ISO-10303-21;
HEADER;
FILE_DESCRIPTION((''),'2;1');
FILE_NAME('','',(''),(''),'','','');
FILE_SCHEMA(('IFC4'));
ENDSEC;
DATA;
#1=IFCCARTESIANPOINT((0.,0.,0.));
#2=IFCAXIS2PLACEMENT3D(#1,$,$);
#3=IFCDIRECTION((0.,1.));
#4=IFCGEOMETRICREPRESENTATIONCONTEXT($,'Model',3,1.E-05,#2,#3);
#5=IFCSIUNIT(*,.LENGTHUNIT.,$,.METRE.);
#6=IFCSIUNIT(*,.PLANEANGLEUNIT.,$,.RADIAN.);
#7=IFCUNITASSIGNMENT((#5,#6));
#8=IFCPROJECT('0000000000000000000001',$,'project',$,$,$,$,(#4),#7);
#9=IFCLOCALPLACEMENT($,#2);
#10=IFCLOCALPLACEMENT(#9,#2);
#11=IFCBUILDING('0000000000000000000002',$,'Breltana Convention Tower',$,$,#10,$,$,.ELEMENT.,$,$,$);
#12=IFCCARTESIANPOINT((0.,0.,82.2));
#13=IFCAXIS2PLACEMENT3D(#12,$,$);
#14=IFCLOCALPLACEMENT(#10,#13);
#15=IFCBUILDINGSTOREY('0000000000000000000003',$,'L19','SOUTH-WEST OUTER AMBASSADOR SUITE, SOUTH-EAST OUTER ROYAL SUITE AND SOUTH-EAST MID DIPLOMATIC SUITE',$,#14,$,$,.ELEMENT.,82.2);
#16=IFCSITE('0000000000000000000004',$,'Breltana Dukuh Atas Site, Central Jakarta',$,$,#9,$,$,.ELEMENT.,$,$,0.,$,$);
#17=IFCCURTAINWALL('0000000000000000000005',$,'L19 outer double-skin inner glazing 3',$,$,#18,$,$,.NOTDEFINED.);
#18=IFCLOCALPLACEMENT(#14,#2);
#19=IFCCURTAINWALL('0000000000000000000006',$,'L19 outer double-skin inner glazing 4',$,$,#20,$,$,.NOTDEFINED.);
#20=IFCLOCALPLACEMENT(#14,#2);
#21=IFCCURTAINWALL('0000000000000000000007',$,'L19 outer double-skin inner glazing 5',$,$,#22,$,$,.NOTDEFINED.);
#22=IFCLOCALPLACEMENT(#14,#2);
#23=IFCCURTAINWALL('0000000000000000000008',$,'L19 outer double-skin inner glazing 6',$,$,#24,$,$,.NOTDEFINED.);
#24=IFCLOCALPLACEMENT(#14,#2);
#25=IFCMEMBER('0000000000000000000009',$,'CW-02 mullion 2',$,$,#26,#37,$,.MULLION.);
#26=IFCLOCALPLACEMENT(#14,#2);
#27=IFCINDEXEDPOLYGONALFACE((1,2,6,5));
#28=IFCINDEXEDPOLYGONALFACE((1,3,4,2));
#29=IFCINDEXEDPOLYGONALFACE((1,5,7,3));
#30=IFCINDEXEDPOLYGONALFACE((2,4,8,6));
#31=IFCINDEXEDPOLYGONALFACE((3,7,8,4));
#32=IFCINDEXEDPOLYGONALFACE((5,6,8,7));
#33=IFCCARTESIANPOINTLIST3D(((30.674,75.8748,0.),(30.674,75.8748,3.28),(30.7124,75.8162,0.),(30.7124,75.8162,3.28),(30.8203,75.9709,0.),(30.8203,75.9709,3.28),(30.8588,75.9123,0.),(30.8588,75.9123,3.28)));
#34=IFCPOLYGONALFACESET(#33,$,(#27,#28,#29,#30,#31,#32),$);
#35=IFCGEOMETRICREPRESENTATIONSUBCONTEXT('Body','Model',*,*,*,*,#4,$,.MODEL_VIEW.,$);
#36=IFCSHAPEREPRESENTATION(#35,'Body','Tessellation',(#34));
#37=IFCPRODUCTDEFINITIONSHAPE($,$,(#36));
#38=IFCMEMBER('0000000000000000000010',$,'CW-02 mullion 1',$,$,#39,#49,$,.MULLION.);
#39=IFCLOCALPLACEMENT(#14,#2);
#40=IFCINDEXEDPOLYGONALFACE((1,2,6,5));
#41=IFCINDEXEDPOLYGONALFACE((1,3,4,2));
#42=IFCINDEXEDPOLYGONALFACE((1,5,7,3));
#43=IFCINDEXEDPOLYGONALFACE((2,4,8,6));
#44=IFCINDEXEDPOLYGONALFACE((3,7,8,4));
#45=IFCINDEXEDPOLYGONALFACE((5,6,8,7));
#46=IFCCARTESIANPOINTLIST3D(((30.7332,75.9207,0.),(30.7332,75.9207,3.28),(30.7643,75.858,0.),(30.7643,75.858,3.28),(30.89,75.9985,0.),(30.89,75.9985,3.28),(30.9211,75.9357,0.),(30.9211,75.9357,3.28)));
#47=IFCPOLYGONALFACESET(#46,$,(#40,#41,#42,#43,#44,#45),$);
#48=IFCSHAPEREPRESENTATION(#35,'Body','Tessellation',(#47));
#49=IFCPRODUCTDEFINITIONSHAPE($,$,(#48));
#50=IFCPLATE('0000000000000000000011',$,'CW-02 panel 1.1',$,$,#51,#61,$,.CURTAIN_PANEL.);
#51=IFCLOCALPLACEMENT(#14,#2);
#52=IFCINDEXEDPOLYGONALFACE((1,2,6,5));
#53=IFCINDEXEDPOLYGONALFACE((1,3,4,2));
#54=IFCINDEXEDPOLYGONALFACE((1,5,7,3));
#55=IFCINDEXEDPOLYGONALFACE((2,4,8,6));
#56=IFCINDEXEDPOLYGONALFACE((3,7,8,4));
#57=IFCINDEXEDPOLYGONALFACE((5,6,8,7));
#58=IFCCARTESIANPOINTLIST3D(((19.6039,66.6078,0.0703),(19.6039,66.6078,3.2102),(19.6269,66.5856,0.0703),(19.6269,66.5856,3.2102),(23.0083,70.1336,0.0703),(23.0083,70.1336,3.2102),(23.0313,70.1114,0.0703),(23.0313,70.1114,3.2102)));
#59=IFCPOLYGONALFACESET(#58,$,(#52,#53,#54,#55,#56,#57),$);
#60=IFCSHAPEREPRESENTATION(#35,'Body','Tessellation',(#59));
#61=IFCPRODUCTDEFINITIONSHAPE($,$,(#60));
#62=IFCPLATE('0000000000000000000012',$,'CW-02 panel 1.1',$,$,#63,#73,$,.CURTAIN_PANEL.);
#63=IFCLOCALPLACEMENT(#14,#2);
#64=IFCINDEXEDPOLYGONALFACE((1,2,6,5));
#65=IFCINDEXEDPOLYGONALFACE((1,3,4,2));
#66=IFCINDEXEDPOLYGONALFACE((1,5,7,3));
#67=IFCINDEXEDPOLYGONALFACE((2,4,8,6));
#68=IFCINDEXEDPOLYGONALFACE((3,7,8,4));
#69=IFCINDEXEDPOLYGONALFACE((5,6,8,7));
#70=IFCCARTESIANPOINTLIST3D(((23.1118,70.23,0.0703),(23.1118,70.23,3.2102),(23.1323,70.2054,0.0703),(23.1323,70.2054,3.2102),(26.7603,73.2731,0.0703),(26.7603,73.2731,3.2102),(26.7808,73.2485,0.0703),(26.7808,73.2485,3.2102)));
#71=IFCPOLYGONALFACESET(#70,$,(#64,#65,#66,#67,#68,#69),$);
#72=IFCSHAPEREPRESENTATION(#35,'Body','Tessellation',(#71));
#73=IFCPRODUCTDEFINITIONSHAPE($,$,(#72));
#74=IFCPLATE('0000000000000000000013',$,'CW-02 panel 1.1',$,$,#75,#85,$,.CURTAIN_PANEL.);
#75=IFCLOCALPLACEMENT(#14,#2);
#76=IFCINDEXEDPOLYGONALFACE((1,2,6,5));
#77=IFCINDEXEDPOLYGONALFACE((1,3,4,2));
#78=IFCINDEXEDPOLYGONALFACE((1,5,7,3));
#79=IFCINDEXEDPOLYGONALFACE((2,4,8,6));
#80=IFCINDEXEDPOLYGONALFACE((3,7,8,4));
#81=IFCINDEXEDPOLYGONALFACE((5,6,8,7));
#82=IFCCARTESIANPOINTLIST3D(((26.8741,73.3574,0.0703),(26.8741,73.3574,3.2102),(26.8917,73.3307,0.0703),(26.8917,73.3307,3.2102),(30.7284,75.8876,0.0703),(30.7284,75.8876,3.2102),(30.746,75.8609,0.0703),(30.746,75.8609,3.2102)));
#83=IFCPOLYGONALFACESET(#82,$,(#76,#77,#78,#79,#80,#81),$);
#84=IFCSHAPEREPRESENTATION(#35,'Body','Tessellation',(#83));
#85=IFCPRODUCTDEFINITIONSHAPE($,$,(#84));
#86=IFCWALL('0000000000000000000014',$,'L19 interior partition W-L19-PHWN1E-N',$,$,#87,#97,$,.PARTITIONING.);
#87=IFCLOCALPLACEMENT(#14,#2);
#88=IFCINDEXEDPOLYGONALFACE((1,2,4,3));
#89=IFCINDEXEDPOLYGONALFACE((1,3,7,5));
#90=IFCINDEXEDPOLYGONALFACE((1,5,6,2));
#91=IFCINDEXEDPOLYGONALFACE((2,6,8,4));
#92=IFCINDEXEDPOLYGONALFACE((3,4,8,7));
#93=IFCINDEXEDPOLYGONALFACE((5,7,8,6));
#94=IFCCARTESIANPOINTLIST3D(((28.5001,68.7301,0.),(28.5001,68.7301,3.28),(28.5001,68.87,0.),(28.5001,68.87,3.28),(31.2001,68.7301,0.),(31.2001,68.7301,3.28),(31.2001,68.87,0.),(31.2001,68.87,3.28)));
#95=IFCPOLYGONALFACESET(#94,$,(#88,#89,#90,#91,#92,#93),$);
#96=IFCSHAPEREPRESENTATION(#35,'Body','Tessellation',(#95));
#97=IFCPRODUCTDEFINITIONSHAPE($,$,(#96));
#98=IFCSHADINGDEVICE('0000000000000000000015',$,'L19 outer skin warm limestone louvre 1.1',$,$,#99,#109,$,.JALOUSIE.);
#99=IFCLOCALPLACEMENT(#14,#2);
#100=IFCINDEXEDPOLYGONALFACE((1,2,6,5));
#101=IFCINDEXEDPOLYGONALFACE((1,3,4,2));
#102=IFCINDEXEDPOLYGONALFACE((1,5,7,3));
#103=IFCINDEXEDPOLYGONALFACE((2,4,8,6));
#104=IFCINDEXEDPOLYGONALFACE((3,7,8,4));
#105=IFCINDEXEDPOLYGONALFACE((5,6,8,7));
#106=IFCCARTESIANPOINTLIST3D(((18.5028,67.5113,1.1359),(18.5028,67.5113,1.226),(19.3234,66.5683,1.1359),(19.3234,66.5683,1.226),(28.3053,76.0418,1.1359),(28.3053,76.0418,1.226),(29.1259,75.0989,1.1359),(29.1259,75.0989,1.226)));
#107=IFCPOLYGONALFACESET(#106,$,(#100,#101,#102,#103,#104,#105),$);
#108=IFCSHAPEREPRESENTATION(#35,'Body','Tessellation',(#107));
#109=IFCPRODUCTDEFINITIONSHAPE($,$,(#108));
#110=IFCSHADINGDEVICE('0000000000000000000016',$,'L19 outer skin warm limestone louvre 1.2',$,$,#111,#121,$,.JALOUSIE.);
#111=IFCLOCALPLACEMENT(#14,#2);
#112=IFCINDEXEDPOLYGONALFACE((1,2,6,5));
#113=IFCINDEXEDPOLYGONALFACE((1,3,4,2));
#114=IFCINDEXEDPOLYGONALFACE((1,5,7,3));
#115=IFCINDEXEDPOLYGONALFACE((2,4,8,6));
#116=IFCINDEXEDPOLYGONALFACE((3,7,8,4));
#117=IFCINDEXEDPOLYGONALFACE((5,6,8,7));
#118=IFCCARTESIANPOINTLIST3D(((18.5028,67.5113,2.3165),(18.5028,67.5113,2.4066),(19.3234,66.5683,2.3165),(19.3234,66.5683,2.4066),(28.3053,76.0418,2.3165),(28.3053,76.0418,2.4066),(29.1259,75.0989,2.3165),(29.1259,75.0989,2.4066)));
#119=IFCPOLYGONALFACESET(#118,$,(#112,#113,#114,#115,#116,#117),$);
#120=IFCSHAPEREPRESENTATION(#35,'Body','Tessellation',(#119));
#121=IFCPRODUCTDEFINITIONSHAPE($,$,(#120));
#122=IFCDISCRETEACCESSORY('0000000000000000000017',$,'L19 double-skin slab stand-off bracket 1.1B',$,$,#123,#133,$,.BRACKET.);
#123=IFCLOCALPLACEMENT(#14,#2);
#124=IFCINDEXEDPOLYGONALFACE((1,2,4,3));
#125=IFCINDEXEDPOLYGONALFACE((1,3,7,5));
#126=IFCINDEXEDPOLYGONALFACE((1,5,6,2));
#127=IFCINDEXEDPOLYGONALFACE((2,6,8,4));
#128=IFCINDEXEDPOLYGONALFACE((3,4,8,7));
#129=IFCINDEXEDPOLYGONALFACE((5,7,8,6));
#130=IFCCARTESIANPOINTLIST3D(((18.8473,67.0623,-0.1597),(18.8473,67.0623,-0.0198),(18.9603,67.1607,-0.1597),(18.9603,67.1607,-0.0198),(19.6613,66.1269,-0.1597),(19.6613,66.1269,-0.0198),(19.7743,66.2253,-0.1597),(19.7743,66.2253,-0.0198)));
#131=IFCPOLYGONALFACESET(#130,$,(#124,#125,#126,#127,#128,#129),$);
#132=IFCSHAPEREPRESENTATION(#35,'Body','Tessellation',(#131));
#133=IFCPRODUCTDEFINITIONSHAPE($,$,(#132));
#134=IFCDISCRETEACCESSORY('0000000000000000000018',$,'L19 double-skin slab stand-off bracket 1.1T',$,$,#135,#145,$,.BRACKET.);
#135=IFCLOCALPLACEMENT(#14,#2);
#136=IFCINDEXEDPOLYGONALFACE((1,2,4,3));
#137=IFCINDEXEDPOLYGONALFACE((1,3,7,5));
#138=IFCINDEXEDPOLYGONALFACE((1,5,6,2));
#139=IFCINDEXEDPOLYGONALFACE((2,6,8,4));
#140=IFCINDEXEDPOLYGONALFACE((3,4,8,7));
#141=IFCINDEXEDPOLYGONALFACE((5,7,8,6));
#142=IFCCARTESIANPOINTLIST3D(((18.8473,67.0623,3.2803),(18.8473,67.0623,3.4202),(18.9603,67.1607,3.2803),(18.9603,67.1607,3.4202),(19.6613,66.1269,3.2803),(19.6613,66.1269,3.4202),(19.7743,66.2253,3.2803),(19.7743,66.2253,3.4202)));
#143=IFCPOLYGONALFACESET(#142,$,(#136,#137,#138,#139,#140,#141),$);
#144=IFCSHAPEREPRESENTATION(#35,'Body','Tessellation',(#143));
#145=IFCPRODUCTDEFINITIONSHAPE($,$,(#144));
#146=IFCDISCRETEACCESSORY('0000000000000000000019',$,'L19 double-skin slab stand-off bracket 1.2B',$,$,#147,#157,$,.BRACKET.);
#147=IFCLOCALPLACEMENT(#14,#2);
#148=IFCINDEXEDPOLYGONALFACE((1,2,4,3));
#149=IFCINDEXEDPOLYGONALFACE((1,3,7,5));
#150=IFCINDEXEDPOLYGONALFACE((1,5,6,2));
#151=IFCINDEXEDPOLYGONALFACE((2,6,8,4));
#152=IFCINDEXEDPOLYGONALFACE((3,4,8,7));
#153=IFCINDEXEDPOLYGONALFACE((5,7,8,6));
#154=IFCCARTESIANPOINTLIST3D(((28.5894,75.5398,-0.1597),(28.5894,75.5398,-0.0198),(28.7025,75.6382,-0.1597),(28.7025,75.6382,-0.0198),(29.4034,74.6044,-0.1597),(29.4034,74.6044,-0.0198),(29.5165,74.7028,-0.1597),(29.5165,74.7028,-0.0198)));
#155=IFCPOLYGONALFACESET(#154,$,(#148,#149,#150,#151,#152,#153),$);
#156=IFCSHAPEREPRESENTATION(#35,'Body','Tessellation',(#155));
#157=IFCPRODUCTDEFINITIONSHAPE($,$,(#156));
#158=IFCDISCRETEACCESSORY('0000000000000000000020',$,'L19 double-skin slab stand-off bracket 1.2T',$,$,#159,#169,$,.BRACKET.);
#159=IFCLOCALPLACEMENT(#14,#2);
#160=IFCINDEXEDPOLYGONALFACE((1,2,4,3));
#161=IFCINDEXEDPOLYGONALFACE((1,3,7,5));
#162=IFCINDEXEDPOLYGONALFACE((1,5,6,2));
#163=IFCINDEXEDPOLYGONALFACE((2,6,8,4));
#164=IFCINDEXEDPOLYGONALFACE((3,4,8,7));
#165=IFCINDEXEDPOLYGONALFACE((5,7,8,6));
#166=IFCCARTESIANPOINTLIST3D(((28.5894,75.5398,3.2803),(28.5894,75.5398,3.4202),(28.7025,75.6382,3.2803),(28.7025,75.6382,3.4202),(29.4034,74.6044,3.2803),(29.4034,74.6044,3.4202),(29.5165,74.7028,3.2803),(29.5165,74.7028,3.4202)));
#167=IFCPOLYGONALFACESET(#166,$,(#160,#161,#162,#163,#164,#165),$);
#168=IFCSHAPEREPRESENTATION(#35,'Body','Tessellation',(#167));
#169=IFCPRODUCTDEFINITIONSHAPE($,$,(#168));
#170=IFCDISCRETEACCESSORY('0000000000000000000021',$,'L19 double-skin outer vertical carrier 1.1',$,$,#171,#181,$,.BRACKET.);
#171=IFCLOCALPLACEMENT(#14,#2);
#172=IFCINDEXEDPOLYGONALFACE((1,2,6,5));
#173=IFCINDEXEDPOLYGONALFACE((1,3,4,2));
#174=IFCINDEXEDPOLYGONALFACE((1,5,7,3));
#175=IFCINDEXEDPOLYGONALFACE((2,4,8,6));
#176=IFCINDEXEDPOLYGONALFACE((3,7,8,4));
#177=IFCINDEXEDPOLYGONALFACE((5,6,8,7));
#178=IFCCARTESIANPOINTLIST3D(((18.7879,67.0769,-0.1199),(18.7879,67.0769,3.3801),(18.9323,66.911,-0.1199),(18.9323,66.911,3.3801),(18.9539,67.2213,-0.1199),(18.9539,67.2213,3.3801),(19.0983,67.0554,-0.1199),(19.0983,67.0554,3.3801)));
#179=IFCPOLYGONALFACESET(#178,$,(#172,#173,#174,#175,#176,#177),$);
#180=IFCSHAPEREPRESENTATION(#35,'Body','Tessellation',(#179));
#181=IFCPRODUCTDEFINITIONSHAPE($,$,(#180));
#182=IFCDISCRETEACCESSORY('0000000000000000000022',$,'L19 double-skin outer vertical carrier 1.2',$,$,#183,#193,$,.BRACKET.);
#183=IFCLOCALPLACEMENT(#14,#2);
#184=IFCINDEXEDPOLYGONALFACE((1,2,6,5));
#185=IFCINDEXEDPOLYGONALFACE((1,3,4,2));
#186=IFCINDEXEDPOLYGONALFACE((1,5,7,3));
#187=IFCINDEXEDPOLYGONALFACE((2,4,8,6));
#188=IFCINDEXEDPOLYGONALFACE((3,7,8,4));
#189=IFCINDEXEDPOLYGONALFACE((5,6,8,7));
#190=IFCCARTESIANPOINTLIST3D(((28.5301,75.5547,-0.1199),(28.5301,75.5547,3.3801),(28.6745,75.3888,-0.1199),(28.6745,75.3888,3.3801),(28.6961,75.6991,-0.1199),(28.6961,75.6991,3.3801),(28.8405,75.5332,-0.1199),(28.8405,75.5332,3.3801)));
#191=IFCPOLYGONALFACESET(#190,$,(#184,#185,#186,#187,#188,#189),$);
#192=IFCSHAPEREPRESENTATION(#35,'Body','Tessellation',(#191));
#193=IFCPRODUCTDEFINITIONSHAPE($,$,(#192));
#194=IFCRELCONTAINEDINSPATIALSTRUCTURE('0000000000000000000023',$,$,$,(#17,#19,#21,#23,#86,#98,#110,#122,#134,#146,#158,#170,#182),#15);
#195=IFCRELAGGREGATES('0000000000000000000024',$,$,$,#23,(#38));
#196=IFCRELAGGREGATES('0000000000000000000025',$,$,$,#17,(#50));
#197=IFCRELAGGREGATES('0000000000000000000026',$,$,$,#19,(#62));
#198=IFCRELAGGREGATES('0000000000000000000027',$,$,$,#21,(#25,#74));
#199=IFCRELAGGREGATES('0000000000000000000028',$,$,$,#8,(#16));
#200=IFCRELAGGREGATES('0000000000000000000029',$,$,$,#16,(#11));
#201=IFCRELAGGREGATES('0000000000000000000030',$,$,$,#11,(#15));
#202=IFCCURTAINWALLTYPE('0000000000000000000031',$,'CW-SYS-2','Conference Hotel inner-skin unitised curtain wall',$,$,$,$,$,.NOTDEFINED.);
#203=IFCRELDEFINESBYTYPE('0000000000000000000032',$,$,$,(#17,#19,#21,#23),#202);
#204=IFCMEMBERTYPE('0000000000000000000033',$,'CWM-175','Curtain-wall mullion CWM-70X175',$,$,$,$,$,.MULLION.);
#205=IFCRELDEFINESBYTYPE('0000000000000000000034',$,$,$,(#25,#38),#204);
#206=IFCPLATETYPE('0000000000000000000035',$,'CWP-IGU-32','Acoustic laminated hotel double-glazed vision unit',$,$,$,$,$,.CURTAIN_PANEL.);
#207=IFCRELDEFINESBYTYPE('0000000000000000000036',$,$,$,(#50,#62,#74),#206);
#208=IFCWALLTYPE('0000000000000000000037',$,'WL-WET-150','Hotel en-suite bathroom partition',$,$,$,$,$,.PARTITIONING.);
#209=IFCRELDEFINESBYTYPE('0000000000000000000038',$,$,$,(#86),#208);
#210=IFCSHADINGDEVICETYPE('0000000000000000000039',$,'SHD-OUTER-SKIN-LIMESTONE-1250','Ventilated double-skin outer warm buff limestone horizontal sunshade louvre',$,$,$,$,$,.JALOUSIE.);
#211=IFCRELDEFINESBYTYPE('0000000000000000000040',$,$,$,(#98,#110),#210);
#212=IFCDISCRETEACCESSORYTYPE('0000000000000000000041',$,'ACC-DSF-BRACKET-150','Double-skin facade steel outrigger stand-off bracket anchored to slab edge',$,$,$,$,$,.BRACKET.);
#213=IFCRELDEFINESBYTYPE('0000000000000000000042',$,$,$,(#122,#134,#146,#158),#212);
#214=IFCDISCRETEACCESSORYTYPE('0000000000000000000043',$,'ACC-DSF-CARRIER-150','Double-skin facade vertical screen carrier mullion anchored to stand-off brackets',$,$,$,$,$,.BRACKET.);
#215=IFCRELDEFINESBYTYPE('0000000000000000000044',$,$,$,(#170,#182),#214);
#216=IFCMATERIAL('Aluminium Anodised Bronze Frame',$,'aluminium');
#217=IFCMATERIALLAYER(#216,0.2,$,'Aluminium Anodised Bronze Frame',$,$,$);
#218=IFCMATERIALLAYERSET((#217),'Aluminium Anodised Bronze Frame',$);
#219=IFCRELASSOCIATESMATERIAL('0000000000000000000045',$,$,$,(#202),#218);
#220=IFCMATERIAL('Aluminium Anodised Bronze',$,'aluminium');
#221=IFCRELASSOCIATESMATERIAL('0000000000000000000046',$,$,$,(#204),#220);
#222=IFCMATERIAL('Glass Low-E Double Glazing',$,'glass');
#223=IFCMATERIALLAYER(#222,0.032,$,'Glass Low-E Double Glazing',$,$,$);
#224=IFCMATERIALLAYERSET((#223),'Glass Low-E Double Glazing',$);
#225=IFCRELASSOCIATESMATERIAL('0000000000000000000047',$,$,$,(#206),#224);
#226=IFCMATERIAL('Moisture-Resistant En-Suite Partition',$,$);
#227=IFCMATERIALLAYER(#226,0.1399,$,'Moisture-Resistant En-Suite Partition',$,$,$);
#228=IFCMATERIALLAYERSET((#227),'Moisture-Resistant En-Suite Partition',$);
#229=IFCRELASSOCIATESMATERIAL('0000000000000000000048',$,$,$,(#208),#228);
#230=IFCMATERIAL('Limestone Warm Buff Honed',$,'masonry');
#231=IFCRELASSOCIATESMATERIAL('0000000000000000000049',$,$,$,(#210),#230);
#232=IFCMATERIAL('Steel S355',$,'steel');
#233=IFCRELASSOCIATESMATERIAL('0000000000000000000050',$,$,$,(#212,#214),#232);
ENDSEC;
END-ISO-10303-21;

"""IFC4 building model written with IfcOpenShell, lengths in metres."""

from ifc_helpers import new_model, si_unit, direction, frame, frame_2d, origin, origin_2d, place, context, subcontext, project, spatial, rectangle, extrude, source, transform, mapped, material, layer, layer_set, material_profile, profile_set, type_object, type_shapes, element, aggregate, save


model = new_model("IFC4")

# Units and contexts
model_context = context("Model", 3, precision=1e-05, world=origin(), true_north=direction((0.0, 1.0)))
body_context = subcontext(model_context, "Body", "Model", "MODEL_VIEW")
ifc_project = project(units=[si_unit("LENGTHUNIT", "METRE"), si_unit("PLANEANGLEUNIT", "RADIAN")], contexts=[model_context])

# Site, building, storey
site_placement = place(None, origin())
site = spatial("IfcSite", under=ifc_project, at=site_placement, Name="Breltana Dukuh Atas Site, Central Jakarta", CompositionType="ELEMENT", RefElevation=0.0)
building_placement = place(site_placement, origin())
building = spatial("IfcBuilding", under=site, at=building_placement, Name="Breltana Convention Tower", CompositionType="ELEMENT")
storey_placement = place(building_placement, frame((0.0, 0.0, 82.2)))
storey = spatial("IfcBuildingStorey", under=building, at=storey_placement, Name="L19", Description="SOUTH-WEST OUTER AMBASSADOR SUITE, SOUTH-EAST OUTER ROYAL SUITE AND SOUTH-EAST MID DIPLOMATIC SUITE", CompositionType="ELEMENT", Elevation=82.2)

# Curtain wall
ifc_material_1 = material(Name="Aluminium Anodised Bronze Frame", Category="aluminium")
ifc_layer_1 = layer(ifc_material_1, 0.2, Name="Aluminium Anodised Bronze Frame")
ifc_layer_set_1 = layer_set([ifc_layer_1], Name="Aluminium Anodised Bronze Frame")
curtain_wall_type = type_object("IfcCurtainWallType", Name="CW-SYS-2", Description="Conference Hotel inner-skin unitised curtain wall", PredefinedType="NOTDEFINED", material=ifc_layer_set_1)
curtain_wall_1_placement = place(storey_placement, origin())
curtain_wall_1 = element("IfcCurtainWall", 1, at=curtain_wall_1_placement, inside=storey, type_object=curtain_wall_type, Name="L19 outer double-skin inner glazing 3", PredefinedType="NOTDEFINED")
ifc_material_2 = material(Name="Aluminium Anodised Bronze", Category="aluminium")

# Curtain walls
curtain_wall_2_placement = place(storey_placement, origin())
curtain_wall_2 = element("IfcCurtainWall", 2, at=curtain_wall_2_placement, inside=storey, type_object=curtain_wall_type, Name="L19 outer double-skin inner glazing 4", PredefinedType="NOTDEFINED")
curtain_wall_3_placement = place(storey_placement, origin())
curtain_wall_3 = element("IfcCurtainWall", 3, at=curtain_wall_3_placement, inside=storey, type_object=curtain_wall_type, Name="L19 outer double-skin inner glazing 5", PredefinedType="NOTDEFINED")

# Curtain wall
curtain_wall_4_placement = place(storey_placement, origin())
curtain_wall_4 = element("IfcCurtainWall", 4, at=curtain_wall_4_placement, inside=storey, type_object=curtain_wall_type, Name="L19 outer double-skin inner glazing 6", PredefinedType="NOTDEFINED")

# Members
ifc_material_profile_1 = material_profile(ifc_material_2, rectangle(XDim=0.0701, YDim=0.175, at=origin_2d()), Name="CWM-70X175")
ifc_profile_set_1 = profile_set([ifc_material_profile_1], Name="Aluminium Anodised Bronze")
member_type_1 = type_object("IfcMemberType", Name="CWM-175", Description="Curtain-wall mullion CWM-70X175", PredefinedType="MULLION", material=ifc_profile_set_1)
shared_shape_1 = source(origin(), body_context, "Body", "SweptSolid", [
    extrude(rectangle(XDim=0.0701, YDim=0.175, at=origin_2d()), origin(), (0.0, 0.0, 1.0), 3.28),
])
member_1_placement = place(storey_placement, frame((30.7664, 75.8936, 0.0), z_axis=(0.0, 0.0, 1.0), x_axis=(-0.548784, 0.835964, 0.0)))
member_1 = element("IfcMember", 5, at=member_1_placement, type_object=member_type_1, Name="CW-02 mullion 2", PredefinedType="MULLION", context=body_context, shape_type="MappedRepresentation", body=[
    mapped(shared_shape_1, transform((0.0, 0.0, 0.0), scale=1.0)),
])
member_2_placement = place(storey_placement, frame((30.8271, 75.9282, 0.0), z_axis=(0.0, 0.0, 1.0), x_axis=(-0.444108, 0.895973, 0.0)))
member_2 = element("IfcMember", 6, at=member_2_placement, type_object=member_type_1, Name="CW-02 mullion 1", PredefinedType="MULLION", context=body_context, shape_type="MappedRepresentation", body=[
    mapped(shared_shape_1, transform((0.0, 0.0, 0.0), scale=1.0)),
])
aggregate(curtain_wall_4, [member_2])

# Plates
ifc_material_3 = material(Name="Glass Low-E Double Glazing", Category="glass")
ifc_layer_2 = layer(ifc_material_3, 0.032, Name="Glass Low-E Double Glazing")
ifc_layer_set_2 = layer_set([ifc_layer_2], Name="Glass Low-E Double Glazing")
plate_type = type_object("IfcPlateType", Name="CWP-IGU-32", Description="Acoustic laminated hotel double-glazed vision unit", PredefinedType="CURTAIN_PANEL", material=ifc_layer_set_2)
shared_shape_2 = source(origin(), body_context, "Body", "SweptSolid", [
    extrude(rectangle(XDim=4.9011, YDim=0.032, at=origin_2d()), origin(), (0.0, 0.0, 1.0), 3.1399),
])
plate_1_placement = place(storey_placement, frame((21.3176, 68.3596, 0.0703), z_axis=(0.0, 0.0, 1.0), x_axis=(0.69461, 0.719386, 0.0)))
plate_1 = element("IfcPlate", 7, at=plate_1_placement, type_object=plate_type, Name="CW-02 panel 1.1", PredefinedType="CURTAIN_PANEL", context=body_context, shape_type="MappedRepresentation", body=[
    mapped(shared_shape_2, transform((0.0, 0.0, 0.0), scale=1.0)),
])
aggregate(curtain_wall_1, [plate_1])
shared_shape_3 = source(origin(), body_context, "Body", "SweptSolid", [
    extrude(rectangle(XDim=4.751, YDim=0.032, at=origin_2d()), origin(), (0.0, 0.0, 1.0), 3.1399),
])
plate_2_placement = place(storey_placement, frame((24.9463, 71.7393, 0.0703), z_axis=(0.0, 0.0, 1.0), x_axis=(0.767941, 0.64052, 0.0)))
plate_2 = element("IfcPlate", 8, at=plate_2_placement, type_object=plate_type, Name="CW-02 panel 1.1", PredefinedType="CURTAIN_PANEL", context=body_context, shape_type="MappedRepresentation", body=[
    mapped(shared_shape_3, transform((0.0, 0.0, 0.0), scale=1.0)),
])
aggregate(curtain_wall_2, [plate_2])
shared_shape_4 = source(origin(), body_context, "Body", "SweptSolid", [
    extrude(rectangle(XDim=4.6106, YDim=0.032, at=origin_2d()), origin(), (0.0, 0.0, 1.0), 3.1399),
])
plate_3_placement = place(storey_placement, frame((28.8101, 74.6091, 0.0703), z_axis=(0.0, 0.0, 1.0), x_axis=(0.835964, 0.548784, 0.0)))
plate_3 = element("IfcPlate", 9, at=plate_3_placement, type_object=plate_type, Name="CW-02 panel 1.1", PredefinedType="CURTAIN_PANEL", context=body_context, shape_type="MappedRepresentation", body=[
    mapped(shared_shape_4, transform((0.0, 0.0, 0.0), scale=1.0)),
])
aggregate(curtain_wall_3, [member_1, plate_3])

# Wall
ifc_material_4 = material(Name="Moisture-Resistant En-Suite Partition")
ifc_layer_3 = layer(ifc_material_4, 0.1399, Name="Moisture-Resistant En-Suite Partition")
ifc_layer_set_3 = layer_set([ifc_layer_3], Name="Moisture-Resistant En-Suite Partition")
wall_type = type_object("IfcWallType", Name="WL-WET-150", Description="Hotel en-suite bathroom partition", PredefinedType="PARTITIONING", material=ifc_layer_set_3)
shared_shape_5 = source(origin(), body_context, "Body", "SweptSolid", [
    extrude(rectangle(XDim=2.7, YDim=0.1399, at=frame_2d((1.3501, 0.0))), origin(), (0.0, 0.0, 1.0), 3.28),
])
wall_placement = place(storey_placement, frame((28.5, 68.8, 0.0), z_axis=(0.0, 0.0, 1.0), x_axis=(1.0, 0.0, 0.0)))
element("IfcWall", 10, at=wall_placement, inside=storey, type_object=wall_type, Name="L19 interior partition W-L19-PHWN1E-N", PredefinedType="PARTITIONING", context=body_context, shape_type="MappedRepresentation", body=[
    mapped(shared_shape_5, transform((0.0, 0.0, 0.0), scale=1.0)),
])

# Shading devices
ifc_material_5 = material(Name="Limestone Warm Buff Honed", Category="masonry")
ifc_material_profile_2 = material_profile(ifc_material_5, rectangle(XDim=1.25, YDim=0.0901, at=origin_2d()), Name="STN-LVR-1250X90")
ifc_profile_set_2 = profile_set([ifc_material_profile_2], Name="Limestone Warm Buff Honed")
shading_device_type = type_object("IfcShadingDeviceType", Name="SHD-OUTER-SKIN-LIMESTONE-1250", Description="Ventilated double-skin outer warm buff limestone horizontal sunshade louvre", PredefinedType="JALOUSIE", material=ifc_profile_set_2)
shared_shape_6 = source(origin(), body_context, "Body", "SweptSolid", [
    extrude(rectangle(XDim=1.25, YDim=0.0901, at=origin_2d()), origin(), (0.0, 0.0, 1.0), 12.9946),
])
type_shapes(shading_device_type, [shared_shape_6])
for number, where, z_axis, x_axis, name in (
    (11, (18.9131, 67.0398, 1.1809), (0.754353, 0.656468, 0.0), (-0.656468, 0.754353, 0.0), "L19 outer skin warm limestone louvre 1.1"),
    (12, (18.9131, 67.0398, 2.3616), (0.754353, 0.656468, 0.0), (-0.656468, 0.754353, 0.0), "L19 outer skin warm limestone louvre 1.2"),
):
    element("IfcShadingDevice", number, at=place(storey_placement, frame(where, z_axis=z_axis, x_axis=x_axis)), inside=storey, type_object=shading_device_type, Name=name, PredefinedType="JALOUSIE", context=body_context, shape_type="MappedRepresentation", body=[
        mapped(shared_shape_6, transform((0.0, 0.0, 0.0), scale=1.0)),
    ])

# Discrete accessories
ifc_material_6 = material(Name="Steel S355", Category="steel")
discrete_accessory_type_1 = type_object("IfcDiscreteAccessoryType", Name="ACC-DSF-BRACKET-150", Description="Double-skin facade steel outrigger stand-off bracket anchored to slab edge", PredefinedType="BRACKET", material=ifc_material_6)
shared_shape_7 = source(origin(), body_context, "Body", "SweptSolid", [
    extrude(rectangle(XDim=1.24, YDim=0.1499, at=origin_2d()), origin(), (0.0, 0.0, 1.0), 0.1399),
])
type_shapes(discrete_accessory_type_1, [shared_shape_7])
for number, where, z_axis, x_axis, name in (
    (13, (19.3108, 66.6438, -0.1597), (0.0, 0.0, 1.0), (-0.656457, 0.754364, 0.0), "L19 double-skin slab stand-off bracket 1.1B"),
    (14, (19.3108, 66.6438, 3.2803), (0.0, 0.0, 1.0), (-0.656457, 0.754364, 0.0), "L19 double-skin slab stand-off bracket 1.1T"),
    (15, (29.053, 75.1213, -0.1597), (0.0, 0.0, 1.0), (-0.656457, 0.754364, 0.0), "L19 double-skin slab stand-off bracket 1.2B"),
    (16, (29.053, 75.1213, 3.2803), (0.0, 0.0, 1.0), (-0.656457, 0.754364, 0.0), "L19 double-skin slab stand-off bracket 1.2T"),
):
    element("IfcDiscreteAccessory", number, at=place(storey_placement, frame(where, z_axis=z_axis, x_axis=x_axis)), inside=storey, type_object=discrete_accessory_type_1, Name=name, PredefinedType="BRACKET", context=body_context, shape_type="MappedRepresentation", body=[
        mapped(shared_shape_7, transform((0.0, 0.0, 0.0), scale=1.0)),
    ])
discrete_accessory_type_2 = type_object("IfcDiscreteAccessoryType", Name="ACC-DSF-CARRIER-150", Description="Double-skin facade vertical screen carrier mullion anchored to stand-off brackets", PredefinedType="BRACKET", material=ifc_material_6)
shared_shape_8 = source(origin(), body_context, "Body", "SweptSolid", [
    extrude(rectangle(XDim=0.22, YDim=0.22, at=origin_2d()), origin(), (0.0, 0.0, 1.0), 3.5),
])
for number, where, z_axis, x_axis, name in (
    (17, (18.9431, 67.0662, -0.1199), (0.0, 0.0, 1.0), (-0.656457, 0.754364, 0.0), "L19 double-skin outer vertical carrier 1.1"),
    (18, (28.6853, 75.5439, -0.1199), (0.0, 0.0, 1.0), (-0.656457, 0.754364, 0.0), "L19 double-skin outer vertical carrier 1.2"),
):
    element("IfcDiscreteAccessory", number, at=place(storey_placement, frame(where, z_axis=z_axis, x_axis=x_axis)), inside=storey, type_object=discrete_accessory_type_2, Name=name, PredefinedType="BRACKET", context=body_context, shape_type="MappedRepresentation", body=[
        mapped(shared_shape_8, transform((0.0, 0.0, 0.0), scale=1.0)),
    ])

save(model, "model.ifc")
